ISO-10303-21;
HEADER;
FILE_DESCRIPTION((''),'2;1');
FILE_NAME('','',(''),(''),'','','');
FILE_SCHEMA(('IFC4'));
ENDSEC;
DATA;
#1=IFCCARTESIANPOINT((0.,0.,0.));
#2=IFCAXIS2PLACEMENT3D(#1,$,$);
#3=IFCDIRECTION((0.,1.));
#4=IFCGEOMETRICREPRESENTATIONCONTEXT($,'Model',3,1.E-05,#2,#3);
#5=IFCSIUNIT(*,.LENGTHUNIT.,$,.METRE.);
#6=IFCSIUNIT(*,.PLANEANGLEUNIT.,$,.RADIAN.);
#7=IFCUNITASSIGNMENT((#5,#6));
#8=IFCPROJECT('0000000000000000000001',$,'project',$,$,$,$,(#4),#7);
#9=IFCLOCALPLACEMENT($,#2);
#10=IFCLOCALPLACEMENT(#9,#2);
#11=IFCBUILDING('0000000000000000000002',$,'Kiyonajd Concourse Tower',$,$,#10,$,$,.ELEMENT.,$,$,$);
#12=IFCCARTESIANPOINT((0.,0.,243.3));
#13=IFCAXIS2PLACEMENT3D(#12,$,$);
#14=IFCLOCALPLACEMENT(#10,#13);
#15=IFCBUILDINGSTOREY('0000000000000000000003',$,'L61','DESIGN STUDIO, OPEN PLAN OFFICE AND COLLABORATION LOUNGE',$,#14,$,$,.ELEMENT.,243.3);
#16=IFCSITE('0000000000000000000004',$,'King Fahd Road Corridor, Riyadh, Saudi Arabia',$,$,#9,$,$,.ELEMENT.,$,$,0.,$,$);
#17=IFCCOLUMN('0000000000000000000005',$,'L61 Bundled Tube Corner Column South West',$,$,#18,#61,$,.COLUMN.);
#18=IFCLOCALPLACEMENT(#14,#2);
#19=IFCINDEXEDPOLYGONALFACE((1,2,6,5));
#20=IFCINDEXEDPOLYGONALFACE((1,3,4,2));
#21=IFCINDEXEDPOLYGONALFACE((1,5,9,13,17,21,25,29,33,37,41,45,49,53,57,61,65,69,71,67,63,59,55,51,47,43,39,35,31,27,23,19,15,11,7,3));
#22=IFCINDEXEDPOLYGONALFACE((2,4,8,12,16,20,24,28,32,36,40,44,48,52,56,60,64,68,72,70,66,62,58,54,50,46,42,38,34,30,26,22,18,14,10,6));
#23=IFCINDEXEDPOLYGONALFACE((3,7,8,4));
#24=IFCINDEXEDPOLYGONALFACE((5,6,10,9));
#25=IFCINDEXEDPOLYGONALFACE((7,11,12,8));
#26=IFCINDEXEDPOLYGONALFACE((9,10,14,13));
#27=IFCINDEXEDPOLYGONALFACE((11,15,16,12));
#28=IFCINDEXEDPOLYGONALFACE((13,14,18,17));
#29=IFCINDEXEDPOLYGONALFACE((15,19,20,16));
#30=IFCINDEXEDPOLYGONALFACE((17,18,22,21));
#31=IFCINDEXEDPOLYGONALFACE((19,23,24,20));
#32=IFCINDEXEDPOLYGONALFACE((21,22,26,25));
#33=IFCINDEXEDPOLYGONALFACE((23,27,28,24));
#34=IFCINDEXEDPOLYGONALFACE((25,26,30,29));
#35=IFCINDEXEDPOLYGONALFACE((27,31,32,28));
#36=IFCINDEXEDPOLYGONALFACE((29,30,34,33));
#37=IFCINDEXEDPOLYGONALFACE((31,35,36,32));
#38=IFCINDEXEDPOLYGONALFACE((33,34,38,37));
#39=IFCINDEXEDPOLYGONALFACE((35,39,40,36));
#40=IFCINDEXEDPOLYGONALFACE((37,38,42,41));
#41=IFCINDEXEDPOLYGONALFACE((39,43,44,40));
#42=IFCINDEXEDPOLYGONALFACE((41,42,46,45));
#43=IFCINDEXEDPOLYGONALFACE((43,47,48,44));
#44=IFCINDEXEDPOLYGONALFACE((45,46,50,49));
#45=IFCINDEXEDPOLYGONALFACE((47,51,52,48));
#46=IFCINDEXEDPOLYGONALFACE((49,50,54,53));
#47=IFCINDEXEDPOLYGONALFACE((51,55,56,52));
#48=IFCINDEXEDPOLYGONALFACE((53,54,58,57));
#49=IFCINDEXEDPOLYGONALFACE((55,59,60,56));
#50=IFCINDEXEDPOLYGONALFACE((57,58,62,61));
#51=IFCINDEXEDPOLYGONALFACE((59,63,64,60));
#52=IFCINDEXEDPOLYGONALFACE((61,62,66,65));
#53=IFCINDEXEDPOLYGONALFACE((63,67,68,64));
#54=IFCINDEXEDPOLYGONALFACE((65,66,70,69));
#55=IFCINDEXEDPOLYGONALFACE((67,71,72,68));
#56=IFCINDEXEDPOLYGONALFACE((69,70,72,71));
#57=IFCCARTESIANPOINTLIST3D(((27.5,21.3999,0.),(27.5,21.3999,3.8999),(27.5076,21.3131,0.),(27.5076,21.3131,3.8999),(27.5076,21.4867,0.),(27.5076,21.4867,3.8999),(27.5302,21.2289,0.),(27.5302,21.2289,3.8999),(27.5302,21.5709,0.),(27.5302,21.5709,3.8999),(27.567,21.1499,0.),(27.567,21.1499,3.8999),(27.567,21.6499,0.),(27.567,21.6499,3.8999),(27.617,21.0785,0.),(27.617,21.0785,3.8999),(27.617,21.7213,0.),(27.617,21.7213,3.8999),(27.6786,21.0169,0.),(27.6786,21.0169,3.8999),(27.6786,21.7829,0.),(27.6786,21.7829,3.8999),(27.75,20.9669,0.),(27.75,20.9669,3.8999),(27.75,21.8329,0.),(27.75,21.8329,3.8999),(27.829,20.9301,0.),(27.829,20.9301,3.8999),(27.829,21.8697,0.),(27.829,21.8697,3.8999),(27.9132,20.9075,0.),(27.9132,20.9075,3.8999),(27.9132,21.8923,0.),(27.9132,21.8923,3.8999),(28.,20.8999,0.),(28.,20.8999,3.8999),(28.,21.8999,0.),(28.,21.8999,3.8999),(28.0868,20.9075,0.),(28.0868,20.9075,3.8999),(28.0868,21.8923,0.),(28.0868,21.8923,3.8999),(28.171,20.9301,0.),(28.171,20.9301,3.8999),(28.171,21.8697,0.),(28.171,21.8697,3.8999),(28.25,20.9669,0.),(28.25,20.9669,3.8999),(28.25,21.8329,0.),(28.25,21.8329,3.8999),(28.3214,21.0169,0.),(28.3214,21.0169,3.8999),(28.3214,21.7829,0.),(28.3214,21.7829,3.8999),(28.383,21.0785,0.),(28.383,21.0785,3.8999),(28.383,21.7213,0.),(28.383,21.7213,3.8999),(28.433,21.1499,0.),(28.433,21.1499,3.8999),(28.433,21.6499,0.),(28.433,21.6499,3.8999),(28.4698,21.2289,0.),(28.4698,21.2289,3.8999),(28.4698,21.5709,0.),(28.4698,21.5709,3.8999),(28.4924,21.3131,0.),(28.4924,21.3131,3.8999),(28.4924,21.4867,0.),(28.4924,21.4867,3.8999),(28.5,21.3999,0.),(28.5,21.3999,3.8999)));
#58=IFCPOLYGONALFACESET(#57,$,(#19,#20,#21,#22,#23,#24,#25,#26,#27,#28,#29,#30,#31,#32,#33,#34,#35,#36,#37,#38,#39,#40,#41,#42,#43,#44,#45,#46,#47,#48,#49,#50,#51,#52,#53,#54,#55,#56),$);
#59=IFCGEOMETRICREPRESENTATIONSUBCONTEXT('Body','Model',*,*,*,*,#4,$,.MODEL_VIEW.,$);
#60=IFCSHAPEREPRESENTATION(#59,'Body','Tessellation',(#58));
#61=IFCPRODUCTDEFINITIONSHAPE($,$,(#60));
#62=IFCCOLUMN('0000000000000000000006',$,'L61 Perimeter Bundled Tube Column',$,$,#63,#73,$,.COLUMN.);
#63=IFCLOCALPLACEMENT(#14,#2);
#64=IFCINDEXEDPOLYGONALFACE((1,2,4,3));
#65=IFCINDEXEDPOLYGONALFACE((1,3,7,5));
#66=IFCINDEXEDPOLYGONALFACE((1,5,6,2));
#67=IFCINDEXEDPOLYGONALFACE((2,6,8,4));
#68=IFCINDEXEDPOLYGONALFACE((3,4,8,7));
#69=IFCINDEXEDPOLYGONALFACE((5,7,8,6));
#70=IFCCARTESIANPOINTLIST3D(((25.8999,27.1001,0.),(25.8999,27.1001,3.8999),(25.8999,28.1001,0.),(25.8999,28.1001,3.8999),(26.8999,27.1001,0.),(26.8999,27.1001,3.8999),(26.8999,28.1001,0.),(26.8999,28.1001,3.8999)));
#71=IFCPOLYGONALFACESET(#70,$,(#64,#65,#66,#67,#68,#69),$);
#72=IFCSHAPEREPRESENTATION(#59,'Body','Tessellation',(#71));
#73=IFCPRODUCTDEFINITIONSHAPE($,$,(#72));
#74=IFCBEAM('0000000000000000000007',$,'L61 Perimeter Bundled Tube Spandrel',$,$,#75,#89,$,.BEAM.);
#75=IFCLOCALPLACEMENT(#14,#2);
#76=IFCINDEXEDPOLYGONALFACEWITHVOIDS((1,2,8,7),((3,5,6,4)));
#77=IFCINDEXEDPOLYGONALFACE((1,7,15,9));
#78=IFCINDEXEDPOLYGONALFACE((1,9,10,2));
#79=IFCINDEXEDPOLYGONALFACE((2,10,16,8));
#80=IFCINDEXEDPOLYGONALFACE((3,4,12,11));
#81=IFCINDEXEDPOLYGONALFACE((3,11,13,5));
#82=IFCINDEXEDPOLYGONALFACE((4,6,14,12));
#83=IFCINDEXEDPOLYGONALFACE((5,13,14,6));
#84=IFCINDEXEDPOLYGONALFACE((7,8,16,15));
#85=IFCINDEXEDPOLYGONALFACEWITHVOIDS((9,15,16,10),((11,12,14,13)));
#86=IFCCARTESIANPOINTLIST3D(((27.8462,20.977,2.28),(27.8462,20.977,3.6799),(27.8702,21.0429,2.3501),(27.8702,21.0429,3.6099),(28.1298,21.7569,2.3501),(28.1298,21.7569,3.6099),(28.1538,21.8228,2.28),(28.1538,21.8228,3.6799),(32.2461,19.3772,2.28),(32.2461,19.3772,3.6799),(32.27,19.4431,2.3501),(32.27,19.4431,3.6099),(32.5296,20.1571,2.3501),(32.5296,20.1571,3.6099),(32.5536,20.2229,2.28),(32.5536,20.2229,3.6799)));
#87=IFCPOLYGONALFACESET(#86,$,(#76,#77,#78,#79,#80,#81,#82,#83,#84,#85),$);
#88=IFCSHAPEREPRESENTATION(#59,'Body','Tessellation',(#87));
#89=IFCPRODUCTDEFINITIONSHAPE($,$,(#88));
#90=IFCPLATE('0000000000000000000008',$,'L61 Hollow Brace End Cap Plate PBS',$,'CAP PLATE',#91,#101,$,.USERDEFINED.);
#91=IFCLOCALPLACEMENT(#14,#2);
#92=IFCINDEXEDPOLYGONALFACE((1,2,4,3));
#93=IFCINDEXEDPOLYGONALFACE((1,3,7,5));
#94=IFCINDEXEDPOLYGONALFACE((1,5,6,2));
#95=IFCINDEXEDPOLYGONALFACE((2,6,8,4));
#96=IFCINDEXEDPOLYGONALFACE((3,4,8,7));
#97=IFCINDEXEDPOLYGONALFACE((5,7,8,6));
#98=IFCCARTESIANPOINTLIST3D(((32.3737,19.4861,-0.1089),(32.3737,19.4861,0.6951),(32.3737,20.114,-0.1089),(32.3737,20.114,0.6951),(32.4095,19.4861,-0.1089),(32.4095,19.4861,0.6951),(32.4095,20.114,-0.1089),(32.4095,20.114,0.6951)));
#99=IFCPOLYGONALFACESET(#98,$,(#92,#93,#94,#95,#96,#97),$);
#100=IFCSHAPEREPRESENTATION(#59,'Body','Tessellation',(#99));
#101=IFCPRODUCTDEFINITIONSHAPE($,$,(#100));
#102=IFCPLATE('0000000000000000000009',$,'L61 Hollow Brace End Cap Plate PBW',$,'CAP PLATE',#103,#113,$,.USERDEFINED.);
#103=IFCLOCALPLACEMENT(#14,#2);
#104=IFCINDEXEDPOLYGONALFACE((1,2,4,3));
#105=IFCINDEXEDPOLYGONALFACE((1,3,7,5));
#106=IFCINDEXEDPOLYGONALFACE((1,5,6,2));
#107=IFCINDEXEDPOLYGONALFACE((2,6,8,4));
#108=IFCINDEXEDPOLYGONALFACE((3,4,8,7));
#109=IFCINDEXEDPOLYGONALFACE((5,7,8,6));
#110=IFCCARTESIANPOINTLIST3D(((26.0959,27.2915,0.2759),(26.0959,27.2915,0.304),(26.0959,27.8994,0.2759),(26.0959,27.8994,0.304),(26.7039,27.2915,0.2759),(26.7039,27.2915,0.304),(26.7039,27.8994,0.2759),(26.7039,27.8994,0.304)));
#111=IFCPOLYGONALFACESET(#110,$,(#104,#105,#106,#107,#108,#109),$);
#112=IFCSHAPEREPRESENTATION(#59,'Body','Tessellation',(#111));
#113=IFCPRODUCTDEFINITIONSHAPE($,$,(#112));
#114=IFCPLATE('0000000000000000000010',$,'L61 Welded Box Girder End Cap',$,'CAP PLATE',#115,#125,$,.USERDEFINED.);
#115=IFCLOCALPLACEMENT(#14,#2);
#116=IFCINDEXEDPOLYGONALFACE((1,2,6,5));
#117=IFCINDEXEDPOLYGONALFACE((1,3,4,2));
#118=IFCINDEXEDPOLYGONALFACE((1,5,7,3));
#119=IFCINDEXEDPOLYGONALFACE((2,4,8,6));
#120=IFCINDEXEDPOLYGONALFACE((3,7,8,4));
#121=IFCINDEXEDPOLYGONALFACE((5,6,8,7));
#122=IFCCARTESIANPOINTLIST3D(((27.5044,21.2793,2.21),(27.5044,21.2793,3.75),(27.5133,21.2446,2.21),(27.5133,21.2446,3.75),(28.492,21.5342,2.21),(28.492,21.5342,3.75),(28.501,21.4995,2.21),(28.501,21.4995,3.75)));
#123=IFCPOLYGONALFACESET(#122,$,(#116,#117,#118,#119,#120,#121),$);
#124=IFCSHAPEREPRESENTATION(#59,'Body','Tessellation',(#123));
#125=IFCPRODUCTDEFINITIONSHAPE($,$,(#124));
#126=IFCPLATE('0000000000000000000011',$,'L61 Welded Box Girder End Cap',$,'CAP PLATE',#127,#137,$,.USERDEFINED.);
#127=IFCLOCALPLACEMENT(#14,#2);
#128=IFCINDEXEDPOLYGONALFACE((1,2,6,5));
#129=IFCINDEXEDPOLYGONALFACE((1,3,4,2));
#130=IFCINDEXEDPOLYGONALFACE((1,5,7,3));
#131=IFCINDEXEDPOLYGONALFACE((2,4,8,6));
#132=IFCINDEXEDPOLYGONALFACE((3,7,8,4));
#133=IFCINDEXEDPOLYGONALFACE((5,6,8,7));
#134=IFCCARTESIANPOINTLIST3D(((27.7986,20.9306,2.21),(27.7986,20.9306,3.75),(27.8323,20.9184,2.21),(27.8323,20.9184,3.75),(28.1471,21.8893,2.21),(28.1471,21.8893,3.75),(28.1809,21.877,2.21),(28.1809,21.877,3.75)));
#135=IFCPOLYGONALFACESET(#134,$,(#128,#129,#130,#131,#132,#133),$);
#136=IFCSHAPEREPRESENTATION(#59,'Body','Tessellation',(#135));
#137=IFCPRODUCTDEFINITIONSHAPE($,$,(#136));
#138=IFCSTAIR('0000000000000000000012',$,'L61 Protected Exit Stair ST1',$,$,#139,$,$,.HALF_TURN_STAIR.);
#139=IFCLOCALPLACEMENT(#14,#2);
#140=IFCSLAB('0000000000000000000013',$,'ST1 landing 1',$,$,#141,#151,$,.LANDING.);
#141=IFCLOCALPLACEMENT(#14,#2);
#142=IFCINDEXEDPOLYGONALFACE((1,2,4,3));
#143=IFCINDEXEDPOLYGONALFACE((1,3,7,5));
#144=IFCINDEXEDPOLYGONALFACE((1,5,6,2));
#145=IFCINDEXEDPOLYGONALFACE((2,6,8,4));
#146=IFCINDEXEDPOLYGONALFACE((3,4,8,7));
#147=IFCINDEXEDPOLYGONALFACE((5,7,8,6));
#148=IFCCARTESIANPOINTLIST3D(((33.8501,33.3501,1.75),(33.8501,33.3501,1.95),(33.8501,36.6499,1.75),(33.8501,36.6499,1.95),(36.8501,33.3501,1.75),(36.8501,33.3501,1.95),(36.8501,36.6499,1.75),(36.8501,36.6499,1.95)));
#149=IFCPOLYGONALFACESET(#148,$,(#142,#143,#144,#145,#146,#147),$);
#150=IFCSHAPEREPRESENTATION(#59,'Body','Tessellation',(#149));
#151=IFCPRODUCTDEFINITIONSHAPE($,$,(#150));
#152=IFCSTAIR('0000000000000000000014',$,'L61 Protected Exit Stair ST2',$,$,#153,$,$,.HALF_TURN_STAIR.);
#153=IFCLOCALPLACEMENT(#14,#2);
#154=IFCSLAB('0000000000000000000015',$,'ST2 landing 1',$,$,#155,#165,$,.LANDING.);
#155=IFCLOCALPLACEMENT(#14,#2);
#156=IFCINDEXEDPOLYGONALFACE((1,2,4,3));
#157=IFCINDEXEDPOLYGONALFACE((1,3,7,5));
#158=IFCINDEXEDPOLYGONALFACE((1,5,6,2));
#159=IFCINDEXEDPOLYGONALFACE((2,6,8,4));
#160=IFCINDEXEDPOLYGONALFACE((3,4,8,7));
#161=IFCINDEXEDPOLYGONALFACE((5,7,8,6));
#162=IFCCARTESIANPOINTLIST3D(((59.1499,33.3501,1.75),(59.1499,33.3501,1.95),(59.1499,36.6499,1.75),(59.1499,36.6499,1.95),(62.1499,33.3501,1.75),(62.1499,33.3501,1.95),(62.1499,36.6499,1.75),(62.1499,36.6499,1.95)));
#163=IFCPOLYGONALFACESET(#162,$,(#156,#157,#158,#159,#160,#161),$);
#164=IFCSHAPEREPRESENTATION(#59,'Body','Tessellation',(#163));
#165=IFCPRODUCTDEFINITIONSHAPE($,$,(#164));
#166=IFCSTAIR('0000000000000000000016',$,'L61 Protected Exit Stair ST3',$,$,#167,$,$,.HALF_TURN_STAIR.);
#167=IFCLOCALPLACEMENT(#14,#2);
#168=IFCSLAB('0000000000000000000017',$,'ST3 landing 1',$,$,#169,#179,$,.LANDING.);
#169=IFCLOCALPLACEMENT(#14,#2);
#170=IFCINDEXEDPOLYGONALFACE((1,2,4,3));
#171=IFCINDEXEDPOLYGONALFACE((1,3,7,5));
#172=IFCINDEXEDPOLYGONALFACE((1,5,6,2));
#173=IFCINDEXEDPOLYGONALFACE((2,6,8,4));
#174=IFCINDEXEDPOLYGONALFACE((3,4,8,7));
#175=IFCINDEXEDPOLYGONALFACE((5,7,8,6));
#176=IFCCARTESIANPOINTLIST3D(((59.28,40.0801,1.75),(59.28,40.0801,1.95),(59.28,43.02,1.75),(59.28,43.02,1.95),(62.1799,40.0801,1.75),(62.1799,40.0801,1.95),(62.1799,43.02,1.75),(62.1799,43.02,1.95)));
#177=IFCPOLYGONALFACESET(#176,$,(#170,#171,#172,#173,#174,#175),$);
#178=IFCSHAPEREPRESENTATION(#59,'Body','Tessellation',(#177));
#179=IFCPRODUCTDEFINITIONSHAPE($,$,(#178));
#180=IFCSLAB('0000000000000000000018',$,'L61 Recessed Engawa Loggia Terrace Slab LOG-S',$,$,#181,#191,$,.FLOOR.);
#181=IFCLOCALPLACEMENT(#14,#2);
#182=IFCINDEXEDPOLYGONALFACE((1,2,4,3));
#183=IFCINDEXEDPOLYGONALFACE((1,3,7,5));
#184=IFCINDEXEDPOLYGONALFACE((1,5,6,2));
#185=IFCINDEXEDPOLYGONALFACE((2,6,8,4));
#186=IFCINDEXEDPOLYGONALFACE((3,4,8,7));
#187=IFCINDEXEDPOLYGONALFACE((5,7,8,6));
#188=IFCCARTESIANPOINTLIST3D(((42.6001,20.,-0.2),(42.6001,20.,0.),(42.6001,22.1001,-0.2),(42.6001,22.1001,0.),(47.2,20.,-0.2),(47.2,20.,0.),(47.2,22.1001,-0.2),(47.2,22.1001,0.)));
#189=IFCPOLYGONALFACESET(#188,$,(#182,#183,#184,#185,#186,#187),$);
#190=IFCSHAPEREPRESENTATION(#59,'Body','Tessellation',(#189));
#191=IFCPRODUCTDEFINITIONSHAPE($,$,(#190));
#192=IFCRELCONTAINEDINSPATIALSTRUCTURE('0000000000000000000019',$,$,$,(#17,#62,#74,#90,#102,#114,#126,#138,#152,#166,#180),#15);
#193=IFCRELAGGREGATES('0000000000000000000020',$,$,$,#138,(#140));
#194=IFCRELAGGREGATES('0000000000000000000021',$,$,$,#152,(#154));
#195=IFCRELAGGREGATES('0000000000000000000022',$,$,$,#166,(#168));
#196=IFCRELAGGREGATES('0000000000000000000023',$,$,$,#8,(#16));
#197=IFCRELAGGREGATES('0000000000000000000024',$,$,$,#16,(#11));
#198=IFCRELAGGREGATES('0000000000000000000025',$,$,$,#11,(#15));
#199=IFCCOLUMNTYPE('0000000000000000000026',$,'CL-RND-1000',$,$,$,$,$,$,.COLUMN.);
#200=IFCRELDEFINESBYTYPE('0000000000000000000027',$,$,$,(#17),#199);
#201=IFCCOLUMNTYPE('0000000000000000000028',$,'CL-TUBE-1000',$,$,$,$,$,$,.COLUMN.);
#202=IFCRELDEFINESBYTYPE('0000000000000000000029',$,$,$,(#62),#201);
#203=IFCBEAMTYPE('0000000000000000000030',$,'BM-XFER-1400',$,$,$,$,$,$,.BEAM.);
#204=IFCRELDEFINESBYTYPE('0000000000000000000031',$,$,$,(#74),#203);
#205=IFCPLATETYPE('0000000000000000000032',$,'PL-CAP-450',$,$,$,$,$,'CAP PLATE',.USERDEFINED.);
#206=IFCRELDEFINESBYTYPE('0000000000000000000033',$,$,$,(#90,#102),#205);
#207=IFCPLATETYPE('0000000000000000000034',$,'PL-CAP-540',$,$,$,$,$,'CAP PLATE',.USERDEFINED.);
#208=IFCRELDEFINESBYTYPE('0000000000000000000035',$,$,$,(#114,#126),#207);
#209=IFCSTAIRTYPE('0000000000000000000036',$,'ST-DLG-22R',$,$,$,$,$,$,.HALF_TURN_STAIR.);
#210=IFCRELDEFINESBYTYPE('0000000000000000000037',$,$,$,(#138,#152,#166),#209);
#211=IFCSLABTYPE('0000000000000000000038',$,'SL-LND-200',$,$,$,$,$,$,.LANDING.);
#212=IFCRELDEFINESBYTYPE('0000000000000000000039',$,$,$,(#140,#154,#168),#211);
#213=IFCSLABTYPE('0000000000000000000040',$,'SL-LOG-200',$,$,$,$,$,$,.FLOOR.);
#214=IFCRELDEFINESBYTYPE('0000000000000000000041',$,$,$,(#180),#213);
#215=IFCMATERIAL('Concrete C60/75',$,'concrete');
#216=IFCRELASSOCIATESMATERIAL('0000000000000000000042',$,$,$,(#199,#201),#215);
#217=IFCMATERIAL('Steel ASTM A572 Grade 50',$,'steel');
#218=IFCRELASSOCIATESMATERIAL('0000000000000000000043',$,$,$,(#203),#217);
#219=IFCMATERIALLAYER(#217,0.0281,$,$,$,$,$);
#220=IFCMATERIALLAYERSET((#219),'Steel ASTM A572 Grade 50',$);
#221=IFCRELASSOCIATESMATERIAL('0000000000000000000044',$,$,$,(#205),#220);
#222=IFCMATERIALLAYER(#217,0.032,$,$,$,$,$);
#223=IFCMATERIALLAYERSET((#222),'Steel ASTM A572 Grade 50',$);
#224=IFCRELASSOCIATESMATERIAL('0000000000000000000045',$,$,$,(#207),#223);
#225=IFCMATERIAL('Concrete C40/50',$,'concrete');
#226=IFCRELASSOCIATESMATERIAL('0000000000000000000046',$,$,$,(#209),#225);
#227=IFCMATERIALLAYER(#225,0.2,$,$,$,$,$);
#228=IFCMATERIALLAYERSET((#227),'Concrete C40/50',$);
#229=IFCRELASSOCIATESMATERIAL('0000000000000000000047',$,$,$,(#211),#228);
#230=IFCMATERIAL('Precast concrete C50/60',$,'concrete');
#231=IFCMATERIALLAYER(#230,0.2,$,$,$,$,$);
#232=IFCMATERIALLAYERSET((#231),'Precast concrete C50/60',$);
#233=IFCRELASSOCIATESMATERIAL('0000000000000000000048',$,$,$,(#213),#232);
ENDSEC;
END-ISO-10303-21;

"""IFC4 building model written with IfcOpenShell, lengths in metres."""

from ifc_helpers import new_model, si_unit, direction, frame, origin, origin_2d, place, context, subcontext, project, spatial, polyline, rectangle, hollow_rectangle, circle, outline, extrude, material, layer, layer_set, material_profile, profile_set, type_object, element, aggregate, save


model = new_model("IFC4")

# Units and contexts
model_context = context("Model", 3, precision=1e-05, world=origin(), true_north=direction((0.0, 1.0)))
body_context = subcontext(model_context, "Body", "Model", "MODEL_VIEW")
ifc_project = project(units=[si_unit("LENGTHUNIT", "METRE"), si_unit("PLANEANGLEUNIT", "RADIAN")], contexts=[model_context])

# Site, building, storey
site_placement = place(None, origin())
site = spatial("IfcSite", under=ifc_project, at=site_placement, Name="King Fahd Road Corridor, Riyadh, Saudi Arabia", CompositionType="ELEMENT", RefElevation=0.0)
building_placement = place(site_placement, origin())
building = spatial("IfcBuilding", under=site, at=building_placement, Name="Kiyonajd Concourse Tower", CompositionType="ELEMENT")
storey_placement = place(building_placement, frame((0.0, 0.0, 243.3)))
storey = spatial("IfcBuildingStorey", under=building, at=storey_placement, Name="L61", Description="DESIGN STUDIO, OPEN PLAN OFFICE AND COLLABORATION LOUNGE", CompositionType="ELEMENT", Elevation=243.3)

# Columns
ifc_material_1 = material(Name="Concrete C60/75", Category="concrete")
ifc_material_profile_1 = material_profile(ifc_material_1, circle(Radius=0.5, at=origin_2d()), Name="RCC-D1000")
ifc_profile_set_1 = profile_set([ifc_material_profile_1], Name="Concrete C60/75")
column_type_1 = type_object("IfcColumnType", Name="CL-RND-1000", PredefinedType="COLUMN", material=ifc_profile_set_1)
column_1_placement = place(storey_placement, frame((28.0, 21.3999, 0.0), z_axis=(0.0, 0.0, 1.0), x_axis=(1.0, 0.0, 0.0)))
element("IfcColumn", 1, at=column_1_placement, inside=storey, type_object=column_type_1, Name="L61 Bundled Tube Corner Column South West", PredefinedType="COLUMN", context=body_context, shape_type="SweptSolid", body=[
    extrude(circle(Radius=0.5, at=origin_2d()), origin(), (0.0, 0.0, 1.0), 3.8999),
])
ifc_material_profile_2 = material_profile(ifc_material_1, rectangle(XDim=1.0, YDim=1.0, at=origin_2d()), Name="RC-1000x1000")
ifc_profile_set_2 = profile_set([ifc_material_profile_2], Name="Concrete C60/75")
column_type_2 = type_object("IfcColumnType", Name="CL-TUBE-1000", PredefinedType="COLUMN", material=ifc_profile_set_2)
column_2_placement = place(storey_placement, frame((26.3999, 27.6001, 0.0), z_axis=(0.0, 0.0, 1.0), x_axis=(1.0, 0.0, 0.0)))
element("IfcColumn", 2, at=column_2_placement, inside=storey, type_object=column_type_2, Name="L61 Perimeter Bundled Tube Column", PredefinedType="COLUMN", context=body_context, shape_type="SweptSolid", body=[
    extrude(rectangle(XDim=1.0, YDim=1.0, at=origin_2d()), origin(), (0.0, 0.0, 1.0), 3.8999),
])

# Beam
ifc_material_2 = material(Name="Steel ASTM A572 Grade 50", Category="steel")
ifc_material_profile_3 = material_profile(ifc_material_2, hollow_rectangle(XDim=0.8999, YDim=1.3999, WallThickness=0.0701, at=origin_2d()), Name="BOX-1400x900x70")
ifc_profile_set_3 = profile_set([ifc_material_profile_3], Name="Steel ASTM A572 Grade 50")
beam_type = type_object("IfcBeamType", Name="BM-XFER-1400", PredefinedType="BEAM", material=ifc_profile_set_3)
beam_placement = place(storey_placement, frame((28.0, 21.3999, 2.98), z_axis=(0.939801, -0.341722, 0.0), x_axis=(0.341722, 0.939801, 0.0)))
element("IfcBeam", 3, at=beam_placement, inside=storey, type_object=beam_type, Name="L61 Perimeter Bundled Tube Spandrel", PredefinedType="BEAM", context=body_context, shape_type="SweptSolid", body=[
    extrude(hollow_rectangle(XDim=0.8999, YDim=1.3999, WallThickness=0.0701, at=origin_2d()), origin(), (0.0, 0.0, 1.0), 4.6816),
])

# Plates
ifc_layer_1 = layer(ifc_material_2, 0.0281)
ifc_layer_set_1 = layer_set([ifc_layer_1], Name="Steel ASTM A572 Grade 50")
plate_type_1 = type_object("IfcPlateType", Name="PL-CAP-450", ElementType="CAP PLATE", PredefinedType="USERDEFINED", material=ifc_layer_set_1)
plate_1_placement = place(storey_placement, frame((32.3916, 19.8, -0.1089), z_axis=(0.0, 0.0, 1.0), x_axis=(-1.0, 0.0, 0.0)))
element("IfcPlate", 4, at=plate_1_placement, inside=storey, type_object=plate_type_1, Name="L61 Hollow Brace End Cap Plate PBS", ObjectType="CAP PLATE", PredefinedType="USERDEFINED", context=body_context, shape_type="SweptSolid", body=[
    extrude(rectangle(XDim=0.0359, YDim=0.6279, at=origin_2d()), origin(), (0.0, 0.0, 1.0), 0.804),
])
plate_2_placement = place(storey_placement, frame((26.3999, 27.5955, 0.2759), z_axis=(0.0, 0.0, 1.0), x_axis=(1.0, 0.0, 0.0)))
element("IfcPlate", 5, at=plate_2_placement, inside=storey, type_object=plate_type_1, Name="L61 Hollow Brace End Cap Plate PBW", ObjectType="CAP PLATE", PredefinedType="USERDEFINED", context=body_context, shape_type="SweptSolid", body=[
    extrude(rectangle(XDim=0.6079, YDim=0.6079, at=origin_2d()), origin(), (0.0, 0.0, 1.0), 0.0281),
])
ifc_layer_2 = layer(ifc_material_2, 0.032)
ifc_layer_set_2 = layer_set([ifc_layer_2], Name="Steel ASTM A572 Grade 50")
plate_type_2 = type_object("IfcPlateType", Name="PL-CAP-540", ElementType="CAP PLATE", PredefinedType="USERDEFINED", material=ifc_layer_set_2)
for number, where, z_axis, x_axis, name in (
    (6, (28.0027, 21.3894, 2.21), (0.0, 0.0, 1.0), (0.249873, -0.968279, 0.0), "L61 Welded Box Girder End Cap"),
    (7, (27.9897, 21.4038, 2.21), (0.0, 0.0, 1.0), (-0.939812, 0.341692, 0.0), "L61 Welded Box Girder End Cap"),
):
    element("IfcPlate", number, at=place(storey_placement, frame(where, z_axis=z_axis, x_axis=x_axis)), inside=storey, type_object=plate_type_2, Name=name, ObjectType="CAP PLATE", PredefinedType="USERDEFINED", context=body_context, shape_type="SweptSolid", body=[
        extrude(rectangle(XDim=0.0359, YDim=1.02, at=origin_2d()), origin(), (0.0, 0.0, 1.0), 1.54),
    ])

# Stairs, slabs
ifc_material_3 = material(Name="Concrete C40/50", Category="concrete")
stair_type = type_object("IfcStairType", Name="ST-DLG-22R", PredefinedType="HALF_TURN_STAIR", material=ifc_material_3)
stair_1_placement = place(storey_placement, origin())
stair_1 = element("IfcStair", 8, at=stair_1_placement, inside=storey, type_object=stair_type, Name="L61 Protected Exit Stair ST1", PredefinedType="HALF_TURN_STAIR")
ifc_layer_3 = layer(ifc_material_3, 0.2)
ifc_layer_set_3 = layer_set([ifc_layer_3], Name="Concrete C40/50")
slab_type_1 = type_object("IfcSlabType", Name="SL-LND-200", PredefinedType="LANDING", material=ifc_layer_set_3)
slab_1_placement = place(storey_placement, frame((0.0, 0.0, 1.75)))
slab_1 = element("IfcSlab", 9, at=slab_1_placement, type_object=slab_type_1, Name="ST1 landing 1", PredefinedType="LANDING", context=body_context, shape_type="SweptSolid", body=[
    extrude(outline(polyline([(36.8501, 33.3501), (36.8501, 36.6499), (33.8501, 36.6499), (33.8501, 33.3501), (36.8501, 33.3501)])), origin(), (0.0, 0.0, 1.0), 0.2),
])
aggregate(stair_1, [slab_1])
stair_2_placement = place(storey_placement, origin())
stair_2 = element("IfcStair", 10, at=stair_2_placement, inside=storey, type_object=stair_type, Name="L61 Protected Exit Stair ST2", PredefinedType="HALF_TURN_STAIR")
slab_2_placement = place(storey_placement, frame((0.0, 0.0, 1.75)))
slab_2 = element("IfcSlab", 11, at=slab_2_placement, type_object=slab_type_1, Name="ST2 landing 1", PredefinedType="LANDING", context=body_context, shape_type="SweptSolid", body=[
    extrude(outline(polyline([(62.1499, 33.3501), (62.1499, 36.6499), (59.1499, 36.6499), (59.1499, 33.3501), (62.1499, 33.3501)])), origin(), (0.0, 0.0, 1.0), 0.2),
])
aggregate(stair_2, [slab_2])
stair_3_placement = place(storey_placement, origin())
stair_3 = element("IfcStair", 12, at=stair_3_placement, inside=storey, type_object=stair_type, Name="L61 Protected Exit Stair ST3", PredefinedType="HALF_TURN_STAIR")
slab_3_placement = place(storey_placement, frame((0.0, 0.0, 1.75)))
slab_3 = element("IfcSlab", 13, at=slab_3_placement, type_object=slab_type_1, Name="ST3 landing 1", PredefinedType="LANDING", context=body_context, shape_type="SweptSolid", body=[
    extrude(outline(polyline([(59.28, 40.0801), (62.1799, 40.0801), (62.1799, 43.02), (59.28, 43.02), (59.28, 40.0801)])), origin(), (0.0, 0.0, 1.0), 0.2),
])
aggregate(stair_3, [slab_3])

# Slab
ifc_material_4 = material(Name="Precast concrete C50/60", Category="concrete")
ifc_layer_4 = layer(ifc_material_4, 0.2)
ifc_layer_set_4 = layer_set([ifc_layer_4], Name="Precast concrete C50/60")
slab_type_2 = type_object("IfcSlabType", Name="SL-LOG-200", PredefinedType="FLOOR", material=ifc_layer_set_4)
slab_4_placement = place(storey_placement, frame((0.0, 0.0, -0.2)))
element("IfcSlab", 14, at=slab_4_placement, inside=storey, type_object=slab_type_2, Name="L61 Recessed Engawa Loggia Terrace Slab LOG-S", PredefinedType="FLOOR", context=body_context, shape_type="SweptSolid", body=[
    extrude(outline(polyline([(42.6001, 20.0), (47.2, 20.0), (47.2, 22.1001), (42.6001, 22.1001), (42.6001, 20.0)])), origin(), (0.0, 0.0, 1.0), 0.2),
])

save(model, "model.ifc")
